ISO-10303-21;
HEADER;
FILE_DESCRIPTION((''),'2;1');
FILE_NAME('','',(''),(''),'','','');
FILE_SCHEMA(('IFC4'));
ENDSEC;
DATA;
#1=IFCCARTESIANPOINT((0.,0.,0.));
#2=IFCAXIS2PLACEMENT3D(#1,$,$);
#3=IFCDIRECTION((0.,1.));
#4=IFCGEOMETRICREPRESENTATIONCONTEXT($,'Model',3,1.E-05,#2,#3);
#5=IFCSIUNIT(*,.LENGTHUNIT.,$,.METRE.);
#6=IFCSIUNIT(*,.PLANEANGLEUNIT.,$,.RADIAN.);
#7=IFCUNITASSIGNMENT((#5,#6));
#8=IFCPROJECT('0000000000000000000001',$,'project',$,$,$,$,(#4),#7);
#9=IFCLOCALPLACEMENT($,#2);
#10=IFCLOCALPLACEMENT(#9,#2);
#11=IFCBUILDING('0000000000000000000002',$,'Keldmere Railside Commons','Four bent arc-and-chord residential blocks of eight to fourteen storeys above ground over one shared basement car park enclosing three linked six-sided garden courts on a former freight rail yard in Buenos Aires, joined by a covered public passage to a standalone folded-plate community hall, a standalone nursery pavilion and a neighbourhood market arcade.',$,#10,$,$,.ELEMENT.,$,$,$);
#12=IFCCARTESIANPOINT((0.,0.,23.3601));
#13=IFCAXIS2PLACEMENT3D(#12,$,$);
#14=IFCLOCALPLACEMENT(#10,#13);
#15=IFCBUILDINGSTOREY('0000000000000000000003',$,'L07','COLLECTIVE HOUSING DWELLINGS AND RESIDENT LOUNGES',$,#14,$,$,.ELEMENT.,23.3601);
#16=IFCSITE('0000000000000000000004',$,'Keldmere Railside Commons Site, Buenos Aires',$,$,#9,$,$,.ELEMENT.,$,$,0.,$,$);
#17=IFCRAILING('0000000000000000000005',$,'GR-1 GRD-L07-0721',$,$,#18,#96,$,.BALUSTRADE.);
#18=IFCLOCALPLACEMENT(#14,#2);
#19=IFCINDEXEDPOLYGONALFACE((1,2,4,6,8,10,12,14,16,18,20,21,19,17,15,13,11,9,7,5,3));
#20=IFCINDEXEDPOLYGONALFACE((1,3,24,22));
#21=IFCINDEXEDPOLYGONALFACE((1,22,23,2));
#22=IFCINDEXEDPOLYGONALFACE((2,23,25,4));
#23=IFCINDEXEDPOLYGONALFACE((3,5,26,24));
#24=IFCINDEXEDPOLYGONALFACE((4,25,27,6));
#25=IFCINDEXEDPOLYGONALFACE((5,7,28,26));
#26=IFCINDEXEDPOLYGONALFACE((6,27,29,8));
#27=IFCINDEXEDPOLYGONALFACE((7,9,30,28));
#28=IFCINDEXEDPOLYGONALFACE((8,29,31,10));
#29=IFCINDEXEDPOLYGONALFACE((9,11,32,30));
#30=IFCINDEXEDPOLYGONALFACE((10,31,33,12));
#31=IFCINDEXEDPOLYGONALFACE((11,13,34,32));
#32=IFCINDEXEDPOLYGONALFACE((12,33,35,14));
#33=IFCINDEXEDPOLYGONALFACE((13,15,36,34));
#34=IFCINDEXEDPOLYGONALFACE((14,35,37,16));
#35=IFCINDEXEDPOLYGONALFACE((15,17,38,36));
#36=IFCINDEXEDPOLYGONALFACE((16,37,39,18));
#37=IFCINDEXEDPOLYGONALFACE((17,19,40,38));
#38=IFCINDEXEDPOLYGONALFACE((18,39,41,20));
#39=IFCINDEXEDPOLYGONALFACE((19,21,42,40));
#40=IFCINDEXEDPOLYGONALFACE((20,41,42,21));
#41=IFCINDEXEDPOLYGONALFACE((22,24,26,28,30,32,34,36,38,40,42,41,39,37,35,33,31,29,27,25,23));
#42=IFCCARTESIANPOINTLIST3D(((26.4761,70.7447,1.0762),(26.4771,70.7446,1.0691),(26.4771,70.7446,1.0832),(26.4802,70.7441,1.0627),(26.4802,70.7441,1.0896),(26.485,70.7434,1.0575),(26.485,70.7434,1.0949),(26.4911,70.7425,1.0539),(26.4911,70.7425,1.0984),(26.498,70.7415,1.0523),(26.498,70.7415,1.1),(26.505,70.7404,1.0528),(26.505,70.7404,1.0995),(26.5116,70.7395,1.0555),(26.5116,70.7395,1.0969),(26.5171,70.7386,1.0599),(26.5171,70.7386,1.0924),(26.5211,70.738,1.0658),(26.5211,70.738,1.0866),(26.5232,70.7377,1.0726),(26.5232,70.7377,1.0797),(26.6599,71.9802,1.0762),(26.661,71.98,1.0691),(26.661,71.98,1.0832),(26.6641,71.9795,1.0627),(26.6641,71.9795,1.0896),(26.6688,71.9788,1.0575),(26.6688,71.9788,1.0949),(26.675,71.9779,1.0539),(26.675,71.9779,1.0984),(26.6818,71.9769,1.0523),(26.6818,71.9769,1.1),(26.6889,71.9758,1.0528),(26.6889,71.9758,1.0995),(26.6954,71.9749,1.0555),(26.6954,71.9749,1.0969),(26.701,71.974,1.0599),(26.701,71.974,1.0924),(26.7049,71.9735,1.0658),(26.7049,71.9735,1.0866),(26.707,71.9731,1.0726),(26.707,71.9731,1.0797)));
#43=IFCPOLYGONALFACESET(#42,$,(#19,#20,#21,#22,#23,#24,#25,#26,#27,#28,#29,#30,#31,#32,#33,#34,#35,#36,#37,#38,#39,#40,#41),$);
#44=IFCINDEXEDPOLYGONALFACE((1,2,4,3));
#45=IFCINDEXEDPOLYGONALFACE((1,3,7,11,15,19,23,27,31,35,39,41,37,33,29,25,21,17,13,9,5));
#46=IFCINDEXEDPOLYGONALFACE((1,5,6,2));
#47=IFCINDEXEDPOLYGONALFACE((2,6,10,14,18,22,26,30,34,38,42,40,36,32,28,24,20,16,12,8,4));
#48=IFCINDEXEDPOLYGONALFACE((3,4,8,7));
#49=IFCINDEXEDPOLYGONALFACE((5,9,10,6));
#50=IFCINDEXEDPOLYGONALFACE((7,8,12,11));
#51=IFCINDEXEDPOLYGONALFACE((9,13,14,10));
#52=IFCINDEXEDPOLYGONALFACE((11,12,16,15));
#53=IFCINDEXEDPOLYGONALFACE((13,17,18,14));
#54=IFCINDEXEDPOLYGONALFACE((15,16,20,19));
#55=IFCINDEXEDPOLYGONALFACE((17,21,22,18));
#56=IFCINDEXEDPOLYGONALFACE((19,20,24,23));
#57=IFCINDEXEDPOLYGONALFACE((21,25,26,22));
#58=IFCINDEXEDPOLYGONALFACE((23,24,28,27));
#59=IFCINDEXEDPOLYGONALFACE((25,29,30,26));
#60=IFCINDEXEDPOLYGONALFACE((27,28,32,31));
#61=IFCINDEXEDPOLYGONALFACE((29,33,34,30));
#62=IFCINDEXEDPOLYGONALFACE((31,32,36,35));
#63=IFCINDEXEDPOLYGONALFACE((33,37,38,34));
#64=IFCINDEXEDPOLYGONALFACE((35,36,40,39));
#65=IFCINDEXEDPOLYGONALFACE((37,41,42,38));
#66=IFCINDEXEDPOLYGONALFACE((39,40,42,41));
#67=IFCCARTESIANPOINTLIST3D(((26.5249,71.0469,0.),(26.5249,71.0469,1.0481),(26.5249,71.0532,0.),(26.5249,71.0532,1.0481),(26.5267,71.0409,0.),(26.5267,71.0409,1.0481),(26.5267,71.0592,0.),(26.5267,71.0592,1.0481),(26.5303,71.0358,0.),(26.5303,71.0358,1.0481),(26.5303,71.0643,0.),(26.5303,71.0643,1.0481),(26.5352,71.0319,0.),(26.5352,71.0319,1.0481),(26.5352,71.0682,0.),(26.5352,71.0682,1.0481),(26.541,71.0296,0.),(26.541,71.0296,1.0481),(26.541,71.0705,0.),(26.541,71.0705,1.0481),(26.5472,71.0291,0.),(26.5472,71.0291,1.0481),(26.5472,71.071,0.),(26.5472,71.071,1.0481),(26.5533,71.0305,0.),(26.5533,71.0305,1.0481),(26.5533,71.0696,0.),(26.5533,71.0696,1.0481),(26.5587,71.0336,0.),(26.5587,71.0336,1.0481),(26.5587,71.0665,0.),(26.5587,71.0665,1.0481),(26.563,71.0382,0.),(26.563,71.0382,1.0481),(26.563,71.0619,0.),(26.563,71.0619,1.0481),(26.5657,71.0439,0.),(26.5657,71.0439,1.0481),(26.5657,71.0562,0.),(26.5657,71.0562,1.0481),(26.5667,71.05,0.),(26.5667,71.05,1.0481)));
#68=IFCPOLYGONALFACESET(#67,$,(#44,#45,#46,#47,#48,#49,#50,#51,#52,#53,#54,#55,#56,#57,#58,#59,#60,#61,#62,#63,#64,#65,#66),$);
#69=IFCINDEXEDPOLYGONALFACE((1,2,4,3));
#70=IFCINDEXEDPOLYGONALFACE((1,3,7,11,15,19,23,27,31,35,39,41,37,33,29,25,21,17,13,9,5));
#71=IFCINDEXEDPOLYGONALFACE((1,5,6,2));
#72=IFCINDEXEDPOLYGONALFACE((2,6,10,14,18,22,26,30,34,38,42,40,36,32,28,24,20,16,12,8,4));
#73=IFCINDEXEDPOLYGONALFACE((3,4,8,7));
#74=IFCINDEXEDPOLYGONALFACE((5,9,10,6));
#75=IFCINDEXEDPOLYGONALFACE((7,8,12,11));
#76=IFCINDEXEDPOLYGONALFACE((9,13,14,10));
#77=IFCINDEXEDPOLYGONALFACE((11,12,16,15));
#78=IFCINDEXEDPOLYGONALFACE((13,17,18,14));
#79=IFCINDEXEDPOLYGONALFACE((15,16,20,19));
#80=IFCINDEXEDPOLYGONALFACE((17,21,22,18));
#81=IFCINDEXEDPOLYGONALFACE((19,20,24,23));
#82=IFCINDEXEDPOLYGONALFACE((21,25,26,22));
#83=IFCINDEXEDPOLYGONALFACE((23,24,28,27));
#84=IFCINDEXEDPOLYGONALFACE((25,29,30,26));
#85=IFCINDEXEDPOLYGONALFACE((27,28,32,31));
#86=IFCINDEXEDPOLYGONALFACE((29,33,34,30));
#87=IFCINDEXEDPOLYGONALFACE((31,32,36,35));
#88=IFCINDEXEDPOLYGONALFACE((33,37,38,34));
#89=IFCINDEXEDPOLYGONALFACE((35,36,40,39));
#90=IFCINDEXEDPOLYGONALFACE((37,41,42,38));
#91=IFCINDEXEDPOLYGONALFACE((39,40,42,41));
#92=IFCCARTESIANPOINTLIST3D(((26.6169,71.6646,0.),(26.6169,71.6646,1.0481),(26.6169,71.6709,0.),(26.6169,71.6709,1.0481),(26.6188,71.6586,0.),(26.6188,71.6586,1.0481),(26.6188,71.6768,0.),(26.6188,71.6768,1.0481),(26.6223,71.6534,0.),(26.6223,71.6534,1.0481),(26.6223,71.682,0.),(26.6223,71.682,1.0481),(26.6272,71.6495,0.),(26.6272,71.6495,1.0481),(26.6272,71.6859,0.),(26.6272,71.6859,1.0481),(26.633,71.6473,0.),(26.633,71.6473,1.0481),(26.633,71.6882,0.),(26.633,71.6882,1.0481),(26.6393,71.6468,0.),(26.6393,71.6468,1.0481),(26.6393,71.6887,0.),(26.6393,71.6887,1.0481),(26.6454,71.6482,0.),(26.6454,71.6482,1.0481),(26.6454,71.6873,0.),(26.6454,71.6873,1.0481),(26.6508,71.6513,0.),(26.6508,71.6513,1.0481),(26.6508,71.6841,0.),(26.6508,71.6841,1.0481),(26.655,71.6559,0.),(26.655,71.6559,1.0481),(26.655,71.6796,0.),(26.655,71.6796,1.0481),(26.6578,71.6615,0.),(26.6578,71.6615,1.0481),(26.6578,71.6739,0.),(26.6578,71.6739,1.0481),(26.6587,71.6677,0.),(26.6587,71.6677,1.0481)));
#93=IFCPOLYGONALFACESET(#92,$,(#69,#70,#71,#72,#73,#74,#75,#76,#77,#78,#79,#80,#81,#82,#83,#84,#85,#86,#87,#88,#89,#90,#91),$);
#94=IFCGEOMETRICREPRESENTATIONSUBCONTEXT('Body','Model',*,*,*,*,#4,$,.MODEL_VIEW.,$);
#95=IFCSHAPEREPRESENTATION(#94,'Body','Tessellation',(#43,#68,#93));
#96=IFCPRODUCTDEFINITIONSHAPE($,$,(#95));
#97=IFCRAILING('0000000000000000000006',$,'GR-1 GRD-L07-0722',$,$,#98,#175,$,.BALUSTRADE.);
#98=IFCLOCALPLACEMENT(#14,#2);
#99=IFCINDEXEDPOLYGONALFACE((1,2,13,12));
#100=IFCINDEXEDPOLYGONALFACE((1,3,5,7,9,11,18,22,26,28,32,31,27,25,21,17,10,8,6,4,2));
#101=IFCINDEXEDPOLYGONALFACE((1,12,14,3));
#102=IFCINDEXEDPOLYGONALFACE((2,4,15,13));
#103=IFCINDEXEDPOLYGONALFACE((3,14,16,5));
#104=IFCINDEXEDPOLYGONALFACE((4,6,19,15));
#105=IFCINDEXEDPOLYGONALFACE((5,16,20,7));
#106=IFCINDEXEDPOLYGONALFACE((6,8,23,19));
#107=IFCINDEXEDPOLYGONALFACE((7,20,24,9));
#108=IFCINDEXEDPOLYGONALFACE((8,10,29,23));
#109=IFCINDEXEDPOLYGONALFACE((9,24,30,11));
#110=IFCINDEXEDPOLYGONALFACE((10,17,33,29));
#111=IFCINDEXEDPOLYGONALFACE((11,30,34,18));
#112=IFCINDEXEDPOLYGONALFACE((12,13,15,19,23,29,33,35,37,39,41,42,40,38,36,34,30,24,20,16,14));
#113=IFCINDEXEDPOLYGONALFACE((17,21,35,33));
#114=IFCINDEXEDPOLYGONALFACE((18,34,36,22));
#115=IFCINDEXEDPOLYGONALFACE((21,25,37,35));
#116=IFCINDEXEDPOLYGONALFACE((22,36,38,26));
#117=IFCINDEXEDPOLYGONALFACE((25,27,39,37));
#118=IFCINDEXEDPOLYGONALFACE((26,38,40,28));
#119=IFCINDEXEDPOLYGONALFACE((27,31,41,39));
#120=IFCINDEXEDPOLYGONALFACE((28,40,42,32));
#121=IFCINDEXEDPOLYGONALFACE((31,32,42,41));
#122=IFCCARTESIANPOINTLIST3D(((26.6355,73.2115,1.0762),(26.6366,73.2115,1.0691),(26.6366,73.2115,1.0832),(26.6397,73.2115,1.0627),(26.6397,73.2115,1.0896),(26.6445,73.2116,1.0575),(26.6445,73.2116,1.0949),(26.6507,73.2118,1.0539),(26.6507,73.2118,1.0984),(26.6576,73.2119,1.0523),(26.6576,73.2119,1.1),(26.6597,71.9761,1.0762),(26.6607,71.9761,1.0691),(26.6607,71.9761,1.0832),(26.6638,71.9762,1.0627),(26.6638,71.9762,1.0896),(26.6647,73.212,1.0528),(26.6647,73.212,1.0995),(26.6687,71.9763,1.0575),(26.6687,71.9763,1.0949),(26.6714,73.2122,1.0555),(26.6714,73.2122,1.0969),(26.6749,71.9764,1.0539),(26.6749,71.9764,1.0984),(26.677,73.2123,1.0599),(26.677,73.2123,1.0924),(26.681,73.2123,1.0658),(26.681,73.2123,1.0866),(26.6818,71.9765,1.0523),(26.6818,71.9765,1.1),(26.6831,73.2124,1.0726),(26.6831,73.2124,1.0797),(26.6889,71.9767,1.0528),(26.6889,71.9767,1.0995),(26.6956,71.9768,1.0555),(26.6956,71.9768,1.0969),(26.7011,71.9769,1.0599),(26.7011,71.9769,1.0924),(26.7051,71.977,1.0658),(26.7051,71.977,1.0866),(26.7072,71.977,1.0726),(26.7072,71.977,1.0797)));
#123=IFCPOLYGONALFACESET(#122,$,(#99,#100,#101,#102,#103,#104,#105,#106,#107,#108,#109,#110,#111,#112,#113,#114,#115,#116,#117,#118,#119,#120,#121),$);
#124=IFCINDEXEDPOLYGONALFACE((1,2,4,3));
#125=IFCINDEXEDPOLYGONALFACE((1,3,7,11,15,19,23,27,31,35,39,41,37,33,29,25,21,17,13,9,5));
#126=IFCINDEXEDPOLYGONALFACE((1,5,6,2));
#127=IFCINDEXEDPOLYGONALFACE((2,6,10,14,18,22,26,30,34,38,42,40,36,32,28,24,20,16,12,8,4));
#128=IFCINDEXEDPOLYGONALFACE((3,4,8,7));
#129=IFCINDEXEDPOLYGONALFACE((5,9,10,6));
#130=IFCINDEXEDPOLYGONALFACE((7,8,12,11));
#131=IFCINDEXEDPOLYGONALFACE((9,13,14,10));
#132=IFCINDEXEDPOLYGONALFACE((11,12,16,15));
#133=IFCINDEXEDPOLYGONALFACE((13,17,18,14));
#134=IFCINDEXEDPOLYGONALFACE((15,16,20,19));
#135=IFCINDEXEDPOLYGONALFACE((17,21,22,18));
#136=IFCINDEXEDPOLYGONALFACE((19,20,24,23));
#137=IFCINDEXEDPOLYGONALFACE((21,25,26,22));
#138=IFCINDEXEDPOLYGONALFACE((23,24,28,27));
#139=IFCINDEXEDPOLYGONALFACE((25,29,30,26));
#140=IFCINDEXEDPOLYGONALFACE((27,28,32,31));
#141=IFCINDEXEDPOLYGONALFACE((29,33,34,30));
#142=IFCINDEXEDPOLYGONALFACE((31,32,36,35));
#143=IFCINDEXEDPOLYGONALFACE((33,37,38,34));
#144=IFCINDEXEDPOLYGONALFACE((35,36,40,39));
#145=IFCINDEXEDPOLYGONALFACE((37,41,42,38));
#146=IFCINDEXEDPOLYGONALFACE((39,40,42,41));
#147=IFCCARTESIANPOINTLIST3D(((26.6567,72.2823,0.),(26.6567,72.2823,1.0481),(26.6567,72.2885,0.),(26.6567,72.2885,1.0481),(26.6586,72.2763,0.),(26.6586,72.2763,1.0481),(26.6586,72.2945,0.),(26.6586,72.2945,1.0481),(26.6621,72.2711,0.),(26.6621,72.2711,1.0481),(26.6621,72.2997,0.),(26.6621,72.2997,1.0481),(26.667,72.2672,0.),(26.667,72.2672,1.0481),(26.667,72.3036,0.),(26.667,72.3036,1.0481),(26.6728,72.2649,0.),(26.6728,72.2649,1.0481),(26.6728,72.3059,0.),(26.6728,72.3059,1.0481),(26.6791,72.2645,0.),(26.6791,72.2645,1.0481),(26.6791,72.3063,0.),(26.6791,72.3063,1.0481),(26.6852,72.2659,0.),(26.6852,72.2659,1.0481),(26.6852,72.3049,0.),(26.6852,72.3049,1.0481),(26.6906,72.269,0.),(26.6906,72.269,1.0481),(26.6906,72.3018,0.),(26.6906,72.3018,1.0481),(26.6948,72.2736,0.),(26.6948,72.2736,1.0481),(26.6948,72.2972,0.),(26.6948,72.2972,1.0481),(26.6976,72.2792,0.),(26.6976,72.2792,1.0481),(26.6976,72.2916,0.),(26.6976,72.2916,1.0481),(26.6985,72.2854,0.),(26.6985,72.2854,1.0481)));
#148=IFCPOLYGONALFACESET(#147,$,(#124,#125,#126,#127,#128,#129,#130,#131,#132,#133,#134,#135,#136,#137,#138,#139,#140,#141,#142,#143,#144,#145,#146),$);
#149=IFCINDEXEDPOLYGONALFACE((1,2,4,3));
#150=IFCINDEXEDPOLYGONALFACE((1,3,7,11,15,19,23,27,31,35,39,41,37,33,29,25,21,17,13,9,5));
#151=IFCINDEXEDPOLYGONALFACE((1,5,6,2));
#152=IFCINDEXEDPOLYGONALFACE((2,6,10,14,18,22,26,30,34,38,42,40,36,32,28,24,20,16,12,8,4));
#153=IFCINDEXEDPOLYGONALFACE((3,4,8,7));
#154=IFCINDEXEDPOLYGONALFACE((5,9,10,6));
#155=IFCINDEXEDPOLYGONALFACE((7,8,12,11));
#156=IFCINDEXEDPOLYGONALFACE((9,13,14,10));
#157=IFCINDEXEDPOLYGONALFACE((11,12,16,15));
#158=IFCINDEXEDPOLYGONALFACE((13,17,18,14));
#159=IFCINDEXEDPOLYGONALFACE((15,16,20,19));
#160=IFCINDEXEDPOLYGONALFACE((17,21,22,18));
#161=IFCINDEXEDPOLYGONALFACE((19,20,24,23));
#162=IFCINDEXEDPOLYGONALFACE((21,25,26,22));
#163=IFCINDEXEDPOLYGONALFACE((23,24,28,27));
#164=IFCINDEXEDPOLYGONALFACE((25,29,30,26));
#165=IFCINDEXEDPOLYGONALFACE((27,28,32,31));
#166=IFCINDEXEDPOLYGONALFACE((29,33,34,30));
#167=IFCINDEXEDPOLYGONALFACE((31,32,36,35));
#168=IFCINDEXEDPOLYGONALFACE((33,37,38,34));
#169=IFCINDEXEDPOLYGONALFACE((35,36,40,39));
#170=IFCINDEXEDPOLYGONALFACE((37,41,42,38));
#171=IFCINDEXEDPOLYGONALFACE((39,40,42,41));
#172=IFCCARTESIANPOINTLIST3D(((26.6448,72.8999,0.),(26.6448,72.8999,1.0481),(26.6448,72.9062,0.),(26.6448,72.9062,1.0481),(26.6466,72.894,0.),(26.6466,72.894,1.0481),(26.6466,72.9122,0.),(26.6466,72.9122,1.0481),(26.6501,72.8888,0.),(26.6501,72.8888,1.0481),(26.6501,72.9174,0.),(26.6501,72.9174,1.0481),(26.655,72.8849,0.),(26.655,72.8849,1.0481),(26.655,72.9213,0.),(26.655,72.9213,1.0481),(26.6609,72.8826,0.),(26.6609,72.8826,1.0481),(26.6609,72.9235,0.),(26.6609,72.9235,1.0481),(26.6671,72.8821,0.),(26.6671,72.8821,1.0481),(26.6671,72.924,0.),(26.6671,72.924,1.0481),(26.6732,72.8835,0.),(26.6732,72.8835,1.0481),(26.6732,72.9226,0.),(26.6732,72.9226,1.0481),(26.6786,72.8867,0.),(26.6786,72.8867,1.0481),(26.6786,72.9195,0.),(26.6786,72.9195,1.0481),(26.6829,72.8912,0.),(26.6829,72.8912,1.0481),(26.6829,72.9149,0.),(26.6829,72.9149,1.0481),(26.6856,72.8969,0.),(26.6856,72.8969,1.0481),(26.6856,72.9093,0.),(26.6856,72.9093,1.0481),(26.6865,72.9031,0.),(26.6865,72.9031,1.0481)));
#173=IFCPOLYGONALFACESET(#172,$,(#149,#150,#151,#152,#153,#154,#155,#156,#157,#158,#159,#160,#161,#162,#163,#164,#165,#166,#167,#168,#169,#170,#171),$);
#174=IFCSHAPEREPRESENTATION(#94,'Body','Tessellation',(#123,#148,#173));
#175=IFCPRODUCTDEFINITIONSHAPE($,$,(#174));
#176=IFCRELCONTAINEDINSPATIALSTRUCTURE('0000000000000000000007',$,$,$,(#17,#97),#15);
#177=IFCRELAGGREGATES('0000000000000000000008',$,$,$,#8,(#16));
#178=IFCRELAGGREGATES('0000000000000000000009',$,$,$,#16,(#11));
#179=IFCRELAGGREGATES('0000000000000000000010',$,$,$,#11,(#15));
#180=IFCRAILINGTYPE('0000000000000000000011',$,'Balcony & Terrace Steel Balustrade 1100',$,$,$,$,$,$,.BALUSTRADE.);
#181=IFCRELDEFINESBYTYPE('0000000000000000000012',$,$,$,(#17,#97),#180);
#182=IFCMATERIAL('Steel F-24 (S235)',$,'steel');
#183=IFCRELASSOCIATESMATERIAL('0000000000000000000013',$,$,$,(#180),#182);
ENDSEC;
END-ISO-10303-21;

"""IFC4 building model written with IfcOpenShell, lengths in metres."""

from ifc_helpers import new_model, si_unit, direction, frame, origin, origin_2d, place, context, subcontext, project, spatial, circle, extrude, material, type_object, element, save


model = new_model("IFC4")

# Units and contexts
model_context = context("Model", 3, precision=1e-05, world=origin(), true_north=direction((0.0, 1.0)))
body_context = subcontext(model_context, "Body", "Model", "MODEL_VIEW")
ifc_project = project(units=[si_unit("LENGTHUNIT", "METRE"), si_unit("PLANEANGLEUNIT", "RADIAN")], contexts=[model_context])

# Site, building, storey
site_placement = place(None, origin())
site = spatial("IfcSite", under=ifc_project, at=site_placement, Name="Keldmere Railside Commons Site, Buenos Aires", CompositionType="ELEMENT", RefElevation=0.0)
building_placement = place(site_placement, origin())
building = spatial("IfcBuilding", under=site, at=building_placement, Name="Keldmere Railside Commons", Description="Four bent arc-and-chord residential blocks of eight to fourteen storeys above ground over one shared basement car park enclosing three linked six-sided garden courts on a former freight rail yard in Buenos Aires, joined by a covered public passage to a standalone folded-plate community hall, a standalone nursery pavilion and a neighbourhood market arcade.", CompositionType="ELEMENT")
storey_placement = place(building_placement, frame((0.0, 0.0, 23.3601)))
storey = spatial("IfcBuildingStorey", under=building, at=storey_placement, Name="L07", Description="COLLECTIVE HOUSING DWELLINGS AND RESIDENT LOUNGES", CompositionType="ELEMENT", Elevation=23.3601)

# Railings
ifc_material = material(Name="Steel F-24 (S235)", Category="steel")
railing_type = type_object("IfcRailingType", Name="Balcony & Terrace Steel Balustrade 1100", PredefinedType="BALUSTRADE", material=ifc_material)
railing_1_placement = place(storey_placement, frame((26.4998, 70.7412, 0.0)))
element("IfcRailing", 1, at=railing_1_placement, inside=storey, type_object=railing_type, Name="GR-1 GRD-L07-0721", PredefinedType="BALUSTRADE", context=body_context, shape_type="SweptSolid", body=[
    extrude(circle(Radius=0.0239, at=origin_2d()), frame((0.0, 0.0, 1.0762), z_axis=(0.147193, 0.989108, 0.0), x_axis=(-0.989108, 0.147193, 0.0)), (0.0, 0.0, 1.0), 1.249),
    extrude(circle(Radius=0.021, at=origin_2d()), frame((0.0459, 0.3088, 0.0)), (0.0, 0.0, 1.0), 1.0481),
    extrude(circle(Radius=0.021, at=origin_2d()), frame((0.1379, 0.9265, 0.0)), (0.0, 0.0, 1.0), 1.0481),
])
railing_2_placement = place(storey_placement, frame((26.6836, 71.9766, 0.0)))
element("IfcRailing", 2, at=railing_2_placement, inside=storey, type_object=railing_type, Name="GR-1 GRD-L07-0722", PredefinedType="BALUSTRADE", context=body_context, shape_type="SweptSolid", body=[
    extrude(circle(Radius=0.0239, at=origin_2d()), frame((0.0, 0.0, 1.0762), z_axis=(-0.019561, 0.999809, 0.0), x_axis=(-0.999809, -0.019561, 0.0)), (0.0, 0.0, 1.0), 1.2356),
    extrude(circle(Radius=0.021, at=origin_2d()), frame((-0.0061, 0.3088, 0.0)), (0.0, 0.0, 1.0), 1.0481),
    extrude(circle(Radius=0.021, at=origin_2d()), frame((-0.0181, 0.9265, 0.0)), (0.0, 0.0, 1.0), 1.0481),
])

save(model, "model.ifc")
